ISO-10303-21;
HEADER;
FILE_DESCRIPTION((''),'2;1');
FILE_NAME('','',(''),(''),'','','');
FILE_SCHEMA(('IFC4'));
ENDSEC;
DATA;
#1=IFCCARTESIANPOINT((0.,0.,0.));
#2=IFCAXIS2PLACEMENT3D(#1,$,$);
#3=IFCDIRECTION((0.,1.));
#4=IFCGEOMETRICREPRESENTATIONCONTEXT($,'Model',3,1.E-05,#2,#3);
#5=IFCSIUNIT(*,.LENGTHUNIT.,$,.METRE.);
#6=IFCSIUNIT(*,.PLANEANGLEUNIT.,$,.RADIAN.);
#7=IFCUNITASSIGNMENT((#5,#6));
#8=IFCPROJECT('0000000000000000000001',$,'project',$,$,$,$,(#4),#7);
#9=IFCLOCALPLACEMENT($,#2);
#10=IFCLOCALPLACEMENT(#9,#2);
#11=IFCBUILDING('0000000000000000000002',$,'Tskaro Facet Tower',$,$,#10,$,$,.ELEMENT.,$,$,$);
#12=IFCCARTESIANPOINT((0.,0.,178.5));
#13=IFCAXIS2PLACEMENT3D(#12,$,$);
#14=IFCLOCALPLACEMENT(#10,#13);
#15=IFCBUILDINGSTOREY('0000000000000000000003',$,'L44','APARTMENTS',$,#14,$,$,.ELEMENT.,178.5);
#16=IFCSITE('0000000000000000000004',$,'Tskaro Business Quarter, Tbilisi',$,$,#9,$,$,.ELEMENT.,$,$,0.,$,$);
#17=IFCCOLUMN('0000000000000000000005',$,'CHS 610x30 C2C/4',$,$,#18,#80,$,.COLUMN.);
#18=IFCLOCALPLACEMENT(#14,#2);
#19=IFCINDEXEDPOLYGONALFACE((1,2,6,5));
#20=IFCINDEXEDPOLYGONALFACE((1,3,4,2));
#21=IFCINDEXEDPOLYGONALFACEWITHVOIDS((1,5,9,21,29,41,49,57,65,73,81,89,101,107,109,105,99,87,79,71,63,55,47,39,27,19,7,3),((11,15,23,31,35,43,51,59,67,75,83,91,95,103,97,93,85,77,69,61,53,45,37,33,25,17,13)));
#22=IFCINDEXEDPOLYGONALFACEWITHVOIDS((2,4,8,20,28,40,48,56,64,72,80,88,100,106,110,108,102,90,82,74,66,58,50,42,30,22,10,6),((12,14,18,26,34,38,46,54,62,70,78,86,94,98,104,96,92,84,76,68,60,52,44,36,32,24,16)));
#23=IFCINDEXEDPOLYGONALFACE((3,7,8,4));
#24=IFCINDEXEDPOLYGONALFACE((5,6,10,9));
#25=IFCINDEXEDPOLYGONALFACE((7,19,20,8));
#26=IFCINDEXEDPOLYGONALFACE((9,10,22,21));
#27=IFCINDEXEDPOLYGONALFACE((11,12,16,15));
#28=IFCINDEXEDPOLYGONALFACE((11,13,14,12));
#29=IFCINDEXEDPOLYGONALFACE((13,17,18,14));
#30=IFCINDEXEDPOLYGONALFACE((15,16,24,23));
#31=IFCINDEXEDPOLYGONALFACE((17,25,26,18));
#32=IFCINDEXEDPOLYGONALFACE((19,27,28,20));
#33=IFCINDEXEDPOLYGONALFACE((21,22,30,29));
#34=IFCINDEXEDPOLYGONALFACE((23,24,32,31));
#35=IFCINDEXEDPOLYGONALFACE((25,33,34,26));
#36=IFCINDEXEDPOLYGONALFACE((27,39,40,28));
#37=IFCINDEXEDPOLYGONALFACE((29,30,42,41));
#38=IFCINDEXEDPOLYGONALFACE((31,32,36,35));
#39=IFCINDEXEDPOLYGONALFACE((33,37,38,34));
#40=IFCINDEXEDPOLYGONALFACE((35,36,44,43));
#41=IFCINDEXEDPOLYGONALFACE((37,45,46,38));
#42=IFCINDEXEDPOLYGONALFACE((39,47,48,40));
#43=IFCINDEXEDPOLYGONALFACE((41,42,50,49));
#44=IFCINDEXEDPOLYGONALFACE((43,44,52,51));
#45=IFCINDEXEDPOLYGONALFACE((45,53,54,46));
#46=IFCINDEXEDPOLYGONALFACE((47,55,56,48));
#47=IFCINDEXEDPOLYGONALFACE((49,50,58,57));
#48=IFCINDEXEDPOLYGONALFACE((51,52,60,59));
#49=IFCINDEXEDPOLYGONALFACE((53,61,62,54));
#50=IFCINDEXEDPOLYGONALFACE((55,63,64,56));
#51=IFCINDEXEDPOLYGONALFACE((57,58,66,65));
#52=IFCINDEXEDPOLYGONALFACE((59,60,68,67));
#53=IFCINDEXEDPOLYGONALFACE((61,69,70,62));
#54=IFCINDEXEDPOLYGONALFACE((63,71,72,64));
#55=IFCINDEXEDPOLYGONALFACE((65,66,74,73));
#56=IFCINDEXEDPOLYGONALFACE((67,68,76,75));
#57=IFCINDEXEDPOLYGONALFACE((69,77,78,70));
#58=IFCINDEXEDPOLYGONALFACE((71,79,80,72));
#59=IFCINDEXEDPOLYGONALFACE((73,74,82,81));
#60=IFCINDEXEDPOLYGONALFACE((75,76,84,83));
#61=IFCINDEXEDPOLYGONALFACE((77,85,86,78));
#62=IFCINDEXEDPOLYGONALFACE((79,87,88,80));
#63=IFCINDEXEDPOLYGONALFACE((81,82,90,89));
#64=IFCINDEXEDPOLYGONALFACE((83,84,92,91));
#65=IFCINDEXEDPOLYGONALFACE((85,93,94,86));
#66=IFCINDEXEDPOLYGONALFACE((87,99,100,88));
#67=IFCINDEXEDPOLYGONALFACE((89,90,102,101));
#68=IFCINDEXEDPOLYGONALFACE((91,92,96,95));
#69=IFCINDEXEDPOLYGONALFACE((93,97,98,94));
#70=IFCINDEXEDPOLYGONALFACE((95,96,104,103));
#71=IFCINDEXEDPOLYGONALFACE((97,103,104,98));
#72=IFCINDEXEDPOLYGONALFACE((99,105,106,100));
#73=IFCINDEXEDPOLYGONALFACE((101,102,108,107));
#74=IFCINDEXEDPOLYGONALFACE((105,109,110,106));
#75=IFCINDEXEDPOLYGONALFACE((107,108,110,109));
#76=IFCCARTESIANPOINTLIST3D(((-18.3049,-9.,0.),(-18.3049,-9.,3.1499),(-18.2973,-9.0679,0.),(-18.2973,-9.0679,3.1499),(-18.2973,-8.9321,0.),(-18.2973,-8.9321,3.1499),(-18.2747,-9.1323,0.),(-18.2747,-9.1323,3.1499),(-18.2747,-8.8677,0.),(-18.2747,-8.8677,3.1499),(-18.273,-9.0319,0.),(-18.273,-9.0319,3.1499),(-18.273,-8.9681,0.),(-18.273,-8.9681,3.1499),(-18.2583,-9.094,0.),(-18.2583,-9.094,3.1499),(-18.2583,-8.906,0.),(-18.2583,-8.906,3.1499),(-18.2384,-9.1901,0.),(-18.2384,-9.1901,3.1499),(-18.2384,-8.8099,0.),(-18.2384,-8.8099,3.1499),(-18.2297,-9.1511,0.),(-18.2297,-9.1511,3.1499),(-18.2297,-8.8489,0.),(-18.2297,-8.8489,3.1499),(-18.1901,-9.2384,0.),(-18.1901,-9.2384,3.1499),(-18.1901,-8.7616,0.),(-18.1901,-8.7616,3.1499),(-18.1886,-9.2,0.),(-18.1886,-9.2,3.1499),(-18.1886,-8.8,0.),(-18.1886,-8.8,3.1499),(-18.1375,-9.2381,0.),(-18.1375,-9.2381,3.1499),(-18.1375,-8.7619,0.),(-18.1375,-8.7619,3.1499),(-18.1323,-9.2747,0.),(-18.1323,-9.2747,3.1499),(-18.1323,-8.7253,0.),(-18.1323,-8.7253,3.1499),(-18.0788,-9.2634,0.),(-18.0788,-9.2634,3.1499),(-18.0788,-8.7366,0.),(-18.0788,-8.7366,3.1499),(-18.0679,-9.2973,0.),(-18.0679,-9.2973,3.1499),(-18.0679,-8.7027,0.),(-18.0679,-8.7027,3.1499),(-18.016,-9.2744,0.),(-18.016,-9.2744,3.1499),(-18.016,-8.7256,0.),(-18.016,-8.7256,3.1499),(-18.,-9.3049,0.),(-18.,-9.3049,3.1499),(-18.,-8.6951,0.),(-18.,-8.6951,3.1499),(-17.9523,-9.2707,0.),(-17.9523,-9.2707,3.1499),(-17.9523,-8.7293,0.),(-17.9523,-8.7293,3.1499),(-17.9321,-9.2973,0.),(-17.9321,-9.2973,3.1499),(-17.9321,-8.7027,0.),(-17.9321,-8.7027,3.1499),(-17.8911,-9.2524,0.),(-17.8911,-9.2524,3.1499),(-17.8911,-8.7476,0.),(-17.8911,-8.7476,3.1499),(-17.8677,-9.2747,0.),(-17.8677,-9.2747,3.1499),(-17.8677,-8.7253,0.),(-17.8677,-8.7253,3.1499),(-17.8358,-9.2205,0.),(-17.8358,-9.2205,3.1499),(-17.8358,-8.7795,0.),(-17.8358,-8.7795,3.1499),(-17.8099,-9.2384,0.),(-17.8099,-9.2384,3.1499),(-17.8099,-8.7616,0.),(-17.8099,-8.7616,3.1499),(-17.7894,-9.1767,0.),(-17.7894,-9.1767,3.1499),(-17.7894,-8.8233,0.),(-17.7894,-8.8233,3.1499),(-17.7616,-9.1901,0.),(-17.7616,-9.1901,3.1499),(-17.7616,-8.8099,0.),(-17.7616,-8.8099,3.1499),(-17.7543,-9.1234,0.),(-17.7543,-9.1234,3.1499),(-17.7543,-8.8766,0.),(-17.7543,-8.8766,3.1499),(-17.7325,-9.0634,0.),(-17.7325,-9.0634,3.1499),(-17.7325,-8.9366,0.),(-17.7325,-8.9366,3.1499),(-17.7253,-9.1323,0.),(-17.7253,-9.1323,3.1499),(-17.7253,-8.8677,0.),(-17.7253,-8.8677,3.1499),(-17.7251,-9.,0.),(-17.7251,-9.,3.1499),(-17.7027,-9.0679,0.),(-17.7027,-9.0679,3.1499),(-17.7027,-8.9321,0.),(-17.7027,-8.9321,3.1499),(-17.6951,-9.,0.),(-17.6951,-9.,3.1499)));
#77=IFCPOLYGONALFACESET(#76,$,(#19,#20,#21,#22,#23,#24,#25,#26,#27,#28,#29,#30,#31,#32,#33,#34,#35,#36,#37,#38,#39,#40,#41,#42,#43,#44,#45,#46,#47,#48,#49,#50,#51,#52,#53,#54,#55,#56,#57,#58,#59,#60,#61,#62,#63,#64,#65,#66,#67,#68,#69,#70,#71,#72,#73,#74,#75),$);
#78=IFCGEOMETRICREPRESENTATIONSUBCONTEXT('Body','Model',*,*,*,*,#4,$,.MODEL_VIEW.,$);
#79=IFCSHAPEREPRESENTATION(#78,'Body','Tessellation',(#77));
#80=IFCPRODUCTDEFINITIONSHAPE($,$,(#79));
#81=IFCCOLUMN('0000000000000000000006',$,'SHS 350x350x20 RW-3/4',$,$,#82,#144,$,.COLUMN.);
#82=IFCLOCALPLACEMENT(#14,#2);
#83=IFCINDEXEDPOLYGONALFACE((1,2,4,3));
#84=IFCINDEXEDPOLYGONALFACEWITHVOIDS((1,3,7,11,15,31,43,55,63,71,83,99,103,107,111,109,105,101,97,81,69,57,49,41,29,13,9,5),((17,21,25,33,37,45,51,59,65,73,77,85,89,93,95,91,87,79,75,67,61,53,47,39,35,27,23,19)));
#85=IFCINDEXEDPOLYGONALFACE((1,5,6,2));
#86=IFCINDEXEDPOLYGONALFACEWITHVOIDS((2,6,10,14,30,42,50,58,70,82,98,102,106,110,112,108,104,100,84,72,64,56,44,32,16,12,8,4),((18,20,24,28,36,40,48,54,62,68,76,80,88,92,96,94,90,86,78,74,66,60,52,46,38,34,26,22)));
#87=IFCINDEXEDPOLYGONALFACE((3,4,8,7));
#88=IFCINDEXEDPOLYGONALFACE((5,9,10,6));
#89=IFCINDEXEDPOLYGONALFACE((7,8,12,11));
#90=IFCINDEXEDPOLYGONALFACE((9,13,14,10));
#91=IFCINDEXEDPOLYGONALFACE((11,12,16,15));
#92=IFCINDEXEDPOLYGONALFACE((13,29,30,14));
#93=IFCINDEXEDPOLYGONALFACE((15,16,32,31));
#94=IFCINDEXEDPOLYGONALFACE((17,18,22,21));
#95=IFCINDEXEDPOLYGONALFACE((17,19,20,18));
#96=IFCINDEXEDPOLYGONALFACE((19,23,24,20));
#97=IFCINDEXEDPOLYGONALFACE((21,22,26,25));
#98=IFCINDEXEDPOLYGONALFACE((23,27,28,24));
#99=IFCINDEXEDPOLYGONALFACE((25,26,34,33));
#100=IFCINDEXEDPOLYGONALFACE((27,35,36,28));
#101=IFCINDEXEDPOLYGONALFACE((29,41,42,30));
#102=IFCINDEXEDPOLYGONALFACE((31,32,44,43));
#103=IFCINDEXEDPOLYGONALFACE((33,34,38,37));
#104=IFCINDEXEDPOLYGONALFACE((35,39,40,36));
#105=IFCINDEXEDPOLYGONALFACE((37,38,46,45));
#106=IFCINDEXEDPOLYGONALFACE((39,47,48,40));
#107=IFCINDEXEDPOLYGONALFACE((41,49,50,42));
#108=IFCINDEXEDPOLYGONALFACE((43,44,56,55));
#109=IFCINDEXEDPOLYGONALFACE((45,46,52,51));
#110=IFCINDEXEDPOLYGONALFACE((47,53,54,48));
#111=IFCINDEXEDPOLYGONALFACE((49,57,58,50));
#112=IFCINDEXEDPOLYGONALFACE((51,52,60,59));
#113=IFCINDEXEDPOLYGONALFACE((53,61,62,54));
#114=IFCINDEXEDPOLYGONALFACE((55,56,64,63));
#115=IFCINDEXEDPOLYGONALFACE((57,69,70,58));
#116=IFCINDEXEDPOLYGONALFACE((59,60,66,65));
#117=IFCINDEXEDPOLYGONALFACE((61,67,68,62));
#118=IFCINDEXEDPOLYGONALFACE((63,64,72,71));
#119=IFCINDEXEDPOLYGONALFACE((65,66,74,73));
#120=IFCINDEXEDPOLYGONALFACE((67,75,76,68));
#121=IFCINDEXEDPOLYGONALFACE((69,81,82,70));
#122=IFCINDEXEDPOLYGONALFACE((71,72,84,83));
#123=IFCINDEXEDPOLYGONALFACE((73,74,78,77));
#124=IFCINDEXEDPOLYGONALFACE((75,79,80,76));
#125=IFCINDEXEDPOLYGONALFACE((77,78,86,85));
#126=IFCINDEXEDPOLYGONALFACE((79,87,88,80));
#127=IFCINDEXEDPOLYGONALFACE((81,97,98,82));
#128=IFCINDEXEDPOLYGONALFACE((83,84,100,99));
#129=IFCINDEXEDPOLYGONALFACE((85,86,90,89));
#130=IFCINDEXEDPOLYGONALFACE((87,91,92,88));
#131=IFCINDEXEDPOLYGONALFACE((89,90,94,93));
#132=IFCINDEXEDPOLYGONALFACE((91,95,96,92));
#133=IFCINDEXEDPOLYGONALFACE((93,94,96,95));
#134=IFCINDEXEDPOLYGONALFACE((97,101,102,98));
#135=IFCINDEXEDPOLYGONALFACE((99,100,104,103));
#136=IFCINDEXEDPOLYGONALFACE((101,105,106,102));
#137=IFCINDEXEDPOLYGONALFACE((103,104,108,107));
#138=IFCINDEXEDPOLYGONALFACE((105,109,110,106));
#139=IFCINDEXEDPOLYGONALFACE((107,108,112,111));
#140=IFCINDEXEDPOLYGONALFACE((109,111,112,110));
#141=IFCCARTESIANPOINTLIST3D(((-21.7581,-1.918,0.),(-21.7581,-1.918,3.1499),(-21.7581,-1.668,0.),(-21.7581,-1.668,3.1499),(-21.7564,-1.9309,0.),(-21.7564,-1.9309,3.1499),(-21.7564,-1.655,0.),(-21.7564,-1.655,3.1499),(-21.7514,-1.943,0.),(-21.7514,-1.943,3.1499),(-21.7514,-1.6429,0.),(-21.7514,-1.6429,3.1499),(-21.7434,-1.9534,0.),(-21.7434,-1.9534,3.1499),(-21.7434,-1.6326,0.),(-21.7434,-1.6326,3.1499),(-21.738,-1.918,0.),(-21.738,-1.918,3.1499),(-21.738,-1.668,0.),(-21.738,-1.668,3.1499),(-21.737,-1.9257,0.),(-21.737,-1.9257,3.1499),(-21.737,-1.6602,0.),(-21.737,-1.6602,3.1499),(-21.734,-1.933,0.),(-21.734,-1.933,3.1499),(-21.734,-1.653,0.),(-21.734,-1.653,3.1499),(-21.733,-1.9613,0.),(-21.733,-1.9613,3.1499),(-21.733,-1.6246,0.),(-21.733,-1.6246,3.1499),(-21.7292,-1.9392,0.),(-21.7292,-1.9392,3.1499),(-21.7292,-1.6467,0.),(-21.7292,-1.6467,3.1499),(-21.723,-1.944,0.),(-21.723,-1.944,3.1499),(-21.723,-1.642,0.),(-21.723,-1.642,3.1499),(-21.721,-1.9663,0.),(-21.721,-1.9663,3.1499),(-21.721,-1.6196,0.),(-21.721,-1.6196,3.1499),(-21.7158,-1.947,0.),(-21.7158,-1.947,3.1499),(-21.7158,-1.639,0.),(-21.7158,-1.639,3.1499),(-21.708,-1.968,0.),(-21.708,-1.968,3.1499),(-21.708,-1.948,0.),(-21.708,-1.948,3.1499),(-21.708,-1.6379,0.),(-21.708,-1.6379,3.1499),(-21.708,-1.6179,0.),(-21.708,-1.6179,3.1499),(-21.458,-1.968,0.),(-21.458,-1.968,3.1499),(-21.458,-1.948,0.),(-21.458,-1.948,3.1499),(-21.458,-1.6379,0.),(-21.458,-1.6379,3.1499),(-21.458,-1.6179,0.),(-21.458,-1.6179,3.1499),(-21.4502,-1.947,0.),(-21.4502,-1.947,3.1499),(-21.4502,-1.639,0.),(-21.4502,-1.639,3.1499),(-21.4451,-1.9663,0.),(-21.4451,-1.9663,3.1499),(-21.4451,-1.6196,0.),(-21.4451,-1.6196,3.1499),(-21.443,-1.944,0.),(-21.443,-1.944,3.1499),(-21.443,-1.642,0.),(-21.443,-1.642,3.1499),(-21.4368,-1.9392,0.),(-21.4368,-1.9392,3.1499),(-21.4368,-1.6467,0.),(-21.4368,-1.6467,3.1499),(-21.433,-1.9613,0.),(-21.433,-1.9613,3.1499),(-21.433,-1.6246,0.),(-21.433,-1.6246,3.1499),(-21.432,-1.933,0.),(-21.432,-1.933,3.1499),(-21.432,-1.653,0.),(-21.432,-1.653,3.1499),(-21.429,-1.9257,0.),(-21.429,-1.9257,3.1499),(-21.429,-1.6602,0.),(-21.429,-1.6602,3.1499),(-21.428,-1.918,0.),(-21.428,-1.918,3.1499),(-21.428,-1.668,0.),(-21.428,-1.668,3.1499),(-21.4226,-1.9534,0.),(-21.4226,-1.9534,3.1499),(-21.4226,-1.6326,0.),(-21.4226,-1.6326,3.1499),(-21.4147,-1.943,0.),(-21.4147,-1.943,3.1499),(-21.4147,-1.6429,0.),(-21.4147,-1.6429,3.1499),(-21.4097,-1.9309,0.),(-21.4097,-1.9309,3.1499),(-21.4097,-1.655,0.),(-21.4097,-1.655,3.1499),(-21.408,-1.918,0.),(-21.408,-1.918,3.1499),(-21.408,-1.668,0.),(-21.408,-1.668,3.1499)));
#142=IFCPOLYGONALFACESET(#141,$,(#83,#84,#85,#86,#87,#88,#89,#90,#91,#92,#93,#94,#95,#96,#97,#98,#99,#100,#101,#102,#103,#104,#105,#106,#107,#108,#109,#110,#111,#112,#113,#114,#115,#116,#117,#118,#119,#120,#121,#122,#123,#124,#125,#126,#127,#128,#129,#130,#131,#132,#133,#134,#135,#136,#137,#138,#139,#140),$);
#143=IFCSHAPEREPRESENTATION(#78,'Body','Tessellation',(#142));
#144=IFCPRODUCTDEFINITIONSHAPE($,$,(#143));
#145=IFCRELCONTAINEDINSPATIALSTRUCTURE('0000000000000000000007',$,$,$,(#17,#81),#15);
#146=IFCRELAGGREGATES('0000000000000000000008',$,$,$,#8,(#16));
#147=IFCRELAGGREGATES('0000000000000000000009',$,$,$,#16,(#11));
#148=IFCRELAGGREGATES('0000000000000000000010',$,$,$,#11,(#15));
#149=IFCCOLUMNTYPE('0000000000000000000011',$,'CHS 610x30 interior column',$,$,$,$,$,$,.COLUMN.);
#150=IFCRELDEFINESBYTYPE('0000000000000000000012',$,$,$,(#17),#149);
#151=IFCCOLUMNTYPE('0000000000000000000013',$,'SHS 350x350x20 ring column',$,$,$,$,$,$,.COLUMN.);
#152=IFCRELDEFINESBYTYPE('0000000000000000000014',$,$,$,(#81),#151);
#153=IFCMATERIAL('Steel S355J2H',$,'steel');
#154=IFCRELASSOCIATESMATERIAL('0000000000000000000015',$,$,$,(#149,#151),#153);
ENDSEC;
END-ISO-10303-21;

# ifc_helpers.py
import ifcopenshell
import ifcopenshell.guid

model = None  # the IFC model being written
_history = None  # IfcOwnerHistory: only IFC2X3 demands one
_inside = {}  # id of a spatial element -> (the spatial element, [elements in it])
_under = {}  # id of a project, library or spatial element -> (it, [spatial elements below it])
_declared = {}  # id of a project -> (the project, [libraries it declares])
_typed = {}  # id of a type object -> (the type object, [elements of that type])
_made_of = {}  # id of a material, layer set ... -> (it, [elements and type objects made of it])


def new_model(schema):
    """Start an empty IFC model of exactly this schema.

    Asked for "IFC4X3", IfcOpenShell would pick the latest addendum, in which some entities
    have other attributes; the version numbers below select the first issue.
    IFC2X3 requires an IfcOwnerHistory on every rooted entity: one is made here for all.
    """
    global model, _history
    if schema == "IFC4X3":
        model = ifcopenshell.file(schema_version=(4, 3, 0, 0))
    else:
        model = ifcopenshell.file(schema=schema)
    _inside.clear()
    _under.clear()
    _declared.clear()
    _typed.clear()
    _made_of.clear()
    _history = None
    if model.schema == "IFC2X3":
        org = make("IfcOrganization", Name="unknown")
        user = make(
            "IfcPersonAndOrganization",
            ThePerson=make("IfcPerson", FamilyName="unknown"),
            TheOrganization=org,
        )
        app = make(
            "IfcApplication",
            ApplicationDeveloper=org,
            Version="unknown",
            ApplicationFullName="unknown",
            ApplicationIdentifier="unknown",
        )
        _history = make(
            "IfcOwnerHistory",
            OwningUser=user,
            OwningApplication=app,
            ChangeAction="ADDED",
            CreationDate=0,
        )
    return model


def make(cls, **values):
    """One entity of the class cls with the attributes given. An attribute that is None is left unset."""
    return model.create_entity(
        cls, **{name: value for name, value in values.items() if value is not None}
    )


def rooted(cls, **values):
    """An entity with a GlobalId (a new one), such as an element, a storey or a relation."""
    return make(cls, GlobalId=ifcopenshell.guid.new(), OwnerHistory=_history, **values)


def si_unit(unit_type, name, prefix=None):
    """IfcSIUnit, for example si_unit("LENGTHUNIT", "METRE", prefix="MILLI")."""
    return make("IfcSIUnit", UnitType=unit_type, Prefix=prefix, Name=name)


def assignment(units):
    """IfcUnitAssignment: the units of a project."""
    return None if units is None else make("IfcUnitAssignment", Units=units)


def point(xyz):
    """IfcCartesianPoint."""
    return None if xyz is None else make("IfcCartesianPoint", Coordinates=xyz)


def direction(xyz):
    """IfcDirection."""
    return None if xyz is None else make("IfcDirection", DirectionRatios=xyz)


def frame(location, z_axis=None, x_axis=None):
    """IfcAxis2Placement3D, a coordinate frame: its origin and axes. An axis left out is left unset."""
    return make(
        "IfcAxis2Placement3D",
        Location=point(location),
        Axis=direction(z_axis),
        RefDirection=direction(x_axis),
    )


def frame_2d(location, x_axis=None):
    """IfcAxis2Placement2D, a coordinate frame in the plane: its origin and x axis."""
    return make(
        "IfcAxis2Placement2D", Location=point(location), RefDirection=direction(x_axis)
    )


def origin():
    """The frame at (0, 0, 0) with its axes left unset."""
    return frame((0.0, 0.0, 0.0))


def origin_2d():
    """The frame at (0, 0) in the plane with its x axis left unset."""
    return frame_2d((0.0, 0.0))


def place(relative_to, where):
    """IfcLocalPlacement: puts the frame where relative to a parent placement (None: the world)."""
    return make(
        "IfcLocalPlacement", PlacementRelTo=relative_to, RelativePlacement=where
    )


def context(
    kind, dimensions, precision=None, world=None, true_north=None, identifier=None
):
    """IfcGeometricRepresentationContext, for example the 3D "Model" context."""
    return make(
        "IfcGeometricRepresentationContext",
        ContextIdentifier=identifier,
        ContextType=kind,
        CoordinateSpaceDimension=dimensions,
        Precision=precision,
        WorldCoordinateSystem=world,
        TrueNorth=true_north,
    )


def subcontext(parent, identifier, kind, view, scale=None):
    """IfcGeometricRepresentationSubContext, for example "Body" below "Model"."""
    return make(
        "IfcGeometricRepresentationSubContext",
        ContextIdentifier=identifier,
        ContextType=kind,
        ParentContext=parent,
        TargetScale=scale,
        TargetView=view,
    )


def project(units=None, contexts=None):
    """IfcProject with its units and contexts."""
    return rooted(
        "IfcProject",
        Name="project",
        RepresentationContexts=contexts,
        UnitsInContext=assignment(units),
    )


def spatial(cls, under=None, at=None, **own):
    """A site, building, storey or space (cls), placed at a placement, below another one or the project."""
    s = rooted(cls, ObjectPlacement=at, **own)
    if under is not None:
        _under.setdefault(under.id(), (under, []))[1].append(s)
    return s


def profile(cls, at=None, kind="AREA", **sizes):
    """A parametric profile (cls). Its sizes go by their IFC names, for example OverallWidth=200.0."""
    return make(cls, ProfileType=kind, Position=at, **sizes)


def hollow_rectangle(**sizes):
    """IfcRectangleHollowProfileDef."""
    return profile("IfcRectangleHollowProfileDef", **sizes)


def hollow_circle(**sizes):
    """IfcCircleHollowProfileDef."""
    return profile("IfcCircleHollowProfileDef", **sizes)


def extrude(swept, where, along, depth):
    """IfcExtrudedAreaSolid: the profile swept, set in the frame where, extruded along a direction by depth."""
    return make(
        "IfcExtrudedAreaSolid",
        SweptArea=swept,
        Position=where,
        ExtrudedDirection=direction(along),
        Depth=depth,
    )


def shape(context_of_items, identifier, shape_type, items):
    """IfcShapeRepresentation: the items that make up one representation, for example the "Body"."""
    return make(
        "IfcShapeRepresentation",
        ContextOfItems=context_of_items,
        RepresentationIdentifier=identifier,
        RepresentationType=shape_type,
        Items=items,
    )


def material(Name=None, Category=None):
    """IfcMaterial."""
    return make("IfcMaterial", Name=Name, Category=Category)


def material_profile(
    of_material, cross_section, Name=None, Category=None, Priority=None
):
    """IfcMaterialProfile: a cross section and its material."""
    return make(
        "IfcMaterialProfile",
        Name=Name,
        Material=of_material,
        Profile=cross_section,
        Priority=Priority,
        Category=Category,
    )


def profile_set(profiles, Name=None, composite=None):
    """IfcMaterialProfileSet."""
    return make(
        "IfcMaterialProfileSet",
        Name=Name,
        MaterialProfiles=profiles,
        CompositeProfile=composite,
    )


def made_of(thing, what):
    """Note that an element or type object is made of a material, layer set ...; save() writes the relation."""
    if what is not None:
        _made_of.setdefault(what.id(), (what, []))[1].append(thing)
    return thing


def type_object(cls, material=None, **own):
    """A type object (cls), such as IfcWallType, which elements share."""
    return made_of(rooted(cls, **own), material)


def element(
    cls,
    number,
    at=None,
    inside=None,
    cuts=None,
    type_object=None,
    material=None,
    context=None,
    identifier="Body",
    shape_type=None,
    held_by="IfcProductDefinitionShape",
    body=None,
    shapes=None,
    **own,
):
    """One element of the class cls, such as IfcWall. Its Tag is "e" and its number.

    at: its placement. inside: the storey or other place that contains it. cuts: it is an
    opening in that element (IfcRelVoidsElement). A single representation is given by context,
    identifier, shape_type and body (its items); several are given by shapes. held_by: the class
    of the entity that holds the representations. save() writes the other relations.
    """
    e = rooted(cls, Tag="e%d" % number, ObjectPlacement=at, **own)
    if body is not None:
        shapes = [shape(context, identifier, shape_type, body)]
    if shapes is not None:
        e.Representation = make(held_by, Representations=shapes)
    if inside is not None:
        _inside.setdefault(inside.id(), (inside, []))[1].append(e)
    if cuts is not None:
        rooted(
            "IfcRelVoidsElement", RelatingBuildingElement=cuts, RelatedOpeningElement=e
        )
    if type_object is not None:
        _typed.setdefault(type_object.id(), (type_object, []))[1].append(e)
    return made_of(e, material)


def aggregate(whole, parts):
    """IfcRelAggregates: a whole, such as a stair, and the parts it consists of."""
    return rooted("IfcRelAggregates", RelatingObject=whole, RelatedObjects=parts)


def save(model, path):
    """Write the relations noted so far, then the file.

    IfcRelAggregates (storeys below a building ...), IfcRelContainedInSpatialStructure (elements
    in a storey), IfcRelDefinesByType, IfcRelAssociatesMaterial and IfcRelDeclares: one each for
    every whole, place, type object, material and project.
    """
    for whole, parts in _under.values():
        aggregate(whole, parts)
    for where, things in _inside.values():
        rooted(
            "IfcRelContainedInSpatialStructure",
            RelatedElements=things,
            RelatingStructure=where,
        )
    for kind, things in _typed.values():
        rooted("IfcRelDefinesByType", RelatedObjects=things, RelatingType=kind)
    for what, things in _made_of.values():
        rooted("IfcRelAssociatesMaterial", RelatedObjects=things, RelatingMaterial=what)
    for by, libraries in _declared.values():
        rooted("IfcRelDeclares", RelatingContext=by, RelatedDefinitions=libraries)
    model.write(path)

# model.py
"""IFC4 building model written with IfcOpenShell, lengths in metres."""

from ifc_helpers import new_model, si_unit, direction, frame, origin, origin_2d, place, context, subcontext, project, spatial, hollow_rectangle, hollow_circle, extrude, material, material_profile, profile_set, type_object, element, save


model = new_model("IFC4")

# Units and contexts
model_context = context("Model", 3, precision=1e-05, world=origin(), true_north=direction((0.0, 1.0)))
body_context = subcontext(model_context, "Body", "Model", "MODEL_VIEW")
ifc_project = project(units=[si_unit("LENGTHUNIT", "METRE"), si_unit("PLANEANGLEUNIT", "RADIAN")], contexts=[model_context])

# Site, building, storey
site_placement = place(None, origin())
site = spatial("IfcSite", under=ifc_project, at=site_placement, Name="Tskaro Business Quarter, Tbilisi", CompositionType="ELEMENT", RefElevation=0.0)
building_placement = place(site_placement, origin())
building = spatial("IfcBuilding", under=site, at=building_placement, Name="Tskaro Facet Tower", CompositionType="ELEMENT")
storey_placement = place(building_placement, frame((0.0, 0.0, 178.5)))
storey = spatial("IfcBuildingStorey", under=building, at=storey_placement, Name="L44", Description="APARTMENTS", CompositionType="ELEMENT", Elevation=178.5)

# Columns
ifc_material_1 = material(Name="Steel S355J2H", Category="steel")
ifc_material_profile_1 = material_profile(ifc_material_1, hollow_circle(Radius=0.3049, WallThickness=0.03, at=origin_2d()), Name="CHS 610x30")
ifc_profile_set_1 = profile_set([ifc_material_profile_1], Name="Steel S355J2H")
column_type_1 = type_object("IfcColumnType", Name="CHS 610x30 interior column", PredefinedType="COLUMN", material=ifc_profile_set_1)
column_placement = place(storey_placement, frame((-18.0, -9.0, 0.0), z_axis=(0.0, 0.0, 1.0), x_axis=(1.0, 0.0, 0.0)))
element("IfcColumn", 1, at=column_placement, inside=storey, type_object=column_type_1, Name="CHS 610x30 C2C/4", PredefinedType="COLUMN", context=body_context, shape_type="SweptSolid", body=[
    extrude(hollow_circle(Radius=0.3049, WallThickness=0.03, at=origin_2d()), origin(), (0.0, 0.0, 1.0), 3.1499),
])
ifc_material_profile_2 = material_profile(ifc_material_1, hollow_rectangle(XDim=0.3501, YDim=0.3501, WallThickness=0.02, InnerFilletRadius=0.03, OuterFilletRadius=0.05, at=origin_2d()), Name="SHS 350x350x20")
ifc_profile_set_2 = profile_set([ifc_material_profile_2], Name="Steel S355J2H")
column_type_2 = type_object("IfcColumnType", Name="SHS 350x350x20 ring column", PredefinedType="COLUMN", material=ifc_profile_set_2)
for number, where, z_axis, x_axis, name in (
    (2, (-21.583, -1.793, 0.0), (0.0, 0.0, 1.0), (1.0, 0.0, 0.0), "SHS 350x350x20 RW-3/4"),
):
    element("IfcColumn", number, at=place(storey_placement, frame(where, z_axis=z_axis, x_axis=x_axis)), inside=storey, type_object=column_type_2, Name=name, PredefinedType="COLUMN", context=body_context, shape_type="SweptSolid", body=[
        extrude(hollow_rectangle(XDim=0.3501, YDim=0.3501, WallThickness=0.02, InnerFilletRadius=0.03, OuterFilletRadius=0.05, at=origin_2d()), origin(), (0.0, 0.0, 1.0), 3.1499),
    ])

save(model, "model.ifc")
